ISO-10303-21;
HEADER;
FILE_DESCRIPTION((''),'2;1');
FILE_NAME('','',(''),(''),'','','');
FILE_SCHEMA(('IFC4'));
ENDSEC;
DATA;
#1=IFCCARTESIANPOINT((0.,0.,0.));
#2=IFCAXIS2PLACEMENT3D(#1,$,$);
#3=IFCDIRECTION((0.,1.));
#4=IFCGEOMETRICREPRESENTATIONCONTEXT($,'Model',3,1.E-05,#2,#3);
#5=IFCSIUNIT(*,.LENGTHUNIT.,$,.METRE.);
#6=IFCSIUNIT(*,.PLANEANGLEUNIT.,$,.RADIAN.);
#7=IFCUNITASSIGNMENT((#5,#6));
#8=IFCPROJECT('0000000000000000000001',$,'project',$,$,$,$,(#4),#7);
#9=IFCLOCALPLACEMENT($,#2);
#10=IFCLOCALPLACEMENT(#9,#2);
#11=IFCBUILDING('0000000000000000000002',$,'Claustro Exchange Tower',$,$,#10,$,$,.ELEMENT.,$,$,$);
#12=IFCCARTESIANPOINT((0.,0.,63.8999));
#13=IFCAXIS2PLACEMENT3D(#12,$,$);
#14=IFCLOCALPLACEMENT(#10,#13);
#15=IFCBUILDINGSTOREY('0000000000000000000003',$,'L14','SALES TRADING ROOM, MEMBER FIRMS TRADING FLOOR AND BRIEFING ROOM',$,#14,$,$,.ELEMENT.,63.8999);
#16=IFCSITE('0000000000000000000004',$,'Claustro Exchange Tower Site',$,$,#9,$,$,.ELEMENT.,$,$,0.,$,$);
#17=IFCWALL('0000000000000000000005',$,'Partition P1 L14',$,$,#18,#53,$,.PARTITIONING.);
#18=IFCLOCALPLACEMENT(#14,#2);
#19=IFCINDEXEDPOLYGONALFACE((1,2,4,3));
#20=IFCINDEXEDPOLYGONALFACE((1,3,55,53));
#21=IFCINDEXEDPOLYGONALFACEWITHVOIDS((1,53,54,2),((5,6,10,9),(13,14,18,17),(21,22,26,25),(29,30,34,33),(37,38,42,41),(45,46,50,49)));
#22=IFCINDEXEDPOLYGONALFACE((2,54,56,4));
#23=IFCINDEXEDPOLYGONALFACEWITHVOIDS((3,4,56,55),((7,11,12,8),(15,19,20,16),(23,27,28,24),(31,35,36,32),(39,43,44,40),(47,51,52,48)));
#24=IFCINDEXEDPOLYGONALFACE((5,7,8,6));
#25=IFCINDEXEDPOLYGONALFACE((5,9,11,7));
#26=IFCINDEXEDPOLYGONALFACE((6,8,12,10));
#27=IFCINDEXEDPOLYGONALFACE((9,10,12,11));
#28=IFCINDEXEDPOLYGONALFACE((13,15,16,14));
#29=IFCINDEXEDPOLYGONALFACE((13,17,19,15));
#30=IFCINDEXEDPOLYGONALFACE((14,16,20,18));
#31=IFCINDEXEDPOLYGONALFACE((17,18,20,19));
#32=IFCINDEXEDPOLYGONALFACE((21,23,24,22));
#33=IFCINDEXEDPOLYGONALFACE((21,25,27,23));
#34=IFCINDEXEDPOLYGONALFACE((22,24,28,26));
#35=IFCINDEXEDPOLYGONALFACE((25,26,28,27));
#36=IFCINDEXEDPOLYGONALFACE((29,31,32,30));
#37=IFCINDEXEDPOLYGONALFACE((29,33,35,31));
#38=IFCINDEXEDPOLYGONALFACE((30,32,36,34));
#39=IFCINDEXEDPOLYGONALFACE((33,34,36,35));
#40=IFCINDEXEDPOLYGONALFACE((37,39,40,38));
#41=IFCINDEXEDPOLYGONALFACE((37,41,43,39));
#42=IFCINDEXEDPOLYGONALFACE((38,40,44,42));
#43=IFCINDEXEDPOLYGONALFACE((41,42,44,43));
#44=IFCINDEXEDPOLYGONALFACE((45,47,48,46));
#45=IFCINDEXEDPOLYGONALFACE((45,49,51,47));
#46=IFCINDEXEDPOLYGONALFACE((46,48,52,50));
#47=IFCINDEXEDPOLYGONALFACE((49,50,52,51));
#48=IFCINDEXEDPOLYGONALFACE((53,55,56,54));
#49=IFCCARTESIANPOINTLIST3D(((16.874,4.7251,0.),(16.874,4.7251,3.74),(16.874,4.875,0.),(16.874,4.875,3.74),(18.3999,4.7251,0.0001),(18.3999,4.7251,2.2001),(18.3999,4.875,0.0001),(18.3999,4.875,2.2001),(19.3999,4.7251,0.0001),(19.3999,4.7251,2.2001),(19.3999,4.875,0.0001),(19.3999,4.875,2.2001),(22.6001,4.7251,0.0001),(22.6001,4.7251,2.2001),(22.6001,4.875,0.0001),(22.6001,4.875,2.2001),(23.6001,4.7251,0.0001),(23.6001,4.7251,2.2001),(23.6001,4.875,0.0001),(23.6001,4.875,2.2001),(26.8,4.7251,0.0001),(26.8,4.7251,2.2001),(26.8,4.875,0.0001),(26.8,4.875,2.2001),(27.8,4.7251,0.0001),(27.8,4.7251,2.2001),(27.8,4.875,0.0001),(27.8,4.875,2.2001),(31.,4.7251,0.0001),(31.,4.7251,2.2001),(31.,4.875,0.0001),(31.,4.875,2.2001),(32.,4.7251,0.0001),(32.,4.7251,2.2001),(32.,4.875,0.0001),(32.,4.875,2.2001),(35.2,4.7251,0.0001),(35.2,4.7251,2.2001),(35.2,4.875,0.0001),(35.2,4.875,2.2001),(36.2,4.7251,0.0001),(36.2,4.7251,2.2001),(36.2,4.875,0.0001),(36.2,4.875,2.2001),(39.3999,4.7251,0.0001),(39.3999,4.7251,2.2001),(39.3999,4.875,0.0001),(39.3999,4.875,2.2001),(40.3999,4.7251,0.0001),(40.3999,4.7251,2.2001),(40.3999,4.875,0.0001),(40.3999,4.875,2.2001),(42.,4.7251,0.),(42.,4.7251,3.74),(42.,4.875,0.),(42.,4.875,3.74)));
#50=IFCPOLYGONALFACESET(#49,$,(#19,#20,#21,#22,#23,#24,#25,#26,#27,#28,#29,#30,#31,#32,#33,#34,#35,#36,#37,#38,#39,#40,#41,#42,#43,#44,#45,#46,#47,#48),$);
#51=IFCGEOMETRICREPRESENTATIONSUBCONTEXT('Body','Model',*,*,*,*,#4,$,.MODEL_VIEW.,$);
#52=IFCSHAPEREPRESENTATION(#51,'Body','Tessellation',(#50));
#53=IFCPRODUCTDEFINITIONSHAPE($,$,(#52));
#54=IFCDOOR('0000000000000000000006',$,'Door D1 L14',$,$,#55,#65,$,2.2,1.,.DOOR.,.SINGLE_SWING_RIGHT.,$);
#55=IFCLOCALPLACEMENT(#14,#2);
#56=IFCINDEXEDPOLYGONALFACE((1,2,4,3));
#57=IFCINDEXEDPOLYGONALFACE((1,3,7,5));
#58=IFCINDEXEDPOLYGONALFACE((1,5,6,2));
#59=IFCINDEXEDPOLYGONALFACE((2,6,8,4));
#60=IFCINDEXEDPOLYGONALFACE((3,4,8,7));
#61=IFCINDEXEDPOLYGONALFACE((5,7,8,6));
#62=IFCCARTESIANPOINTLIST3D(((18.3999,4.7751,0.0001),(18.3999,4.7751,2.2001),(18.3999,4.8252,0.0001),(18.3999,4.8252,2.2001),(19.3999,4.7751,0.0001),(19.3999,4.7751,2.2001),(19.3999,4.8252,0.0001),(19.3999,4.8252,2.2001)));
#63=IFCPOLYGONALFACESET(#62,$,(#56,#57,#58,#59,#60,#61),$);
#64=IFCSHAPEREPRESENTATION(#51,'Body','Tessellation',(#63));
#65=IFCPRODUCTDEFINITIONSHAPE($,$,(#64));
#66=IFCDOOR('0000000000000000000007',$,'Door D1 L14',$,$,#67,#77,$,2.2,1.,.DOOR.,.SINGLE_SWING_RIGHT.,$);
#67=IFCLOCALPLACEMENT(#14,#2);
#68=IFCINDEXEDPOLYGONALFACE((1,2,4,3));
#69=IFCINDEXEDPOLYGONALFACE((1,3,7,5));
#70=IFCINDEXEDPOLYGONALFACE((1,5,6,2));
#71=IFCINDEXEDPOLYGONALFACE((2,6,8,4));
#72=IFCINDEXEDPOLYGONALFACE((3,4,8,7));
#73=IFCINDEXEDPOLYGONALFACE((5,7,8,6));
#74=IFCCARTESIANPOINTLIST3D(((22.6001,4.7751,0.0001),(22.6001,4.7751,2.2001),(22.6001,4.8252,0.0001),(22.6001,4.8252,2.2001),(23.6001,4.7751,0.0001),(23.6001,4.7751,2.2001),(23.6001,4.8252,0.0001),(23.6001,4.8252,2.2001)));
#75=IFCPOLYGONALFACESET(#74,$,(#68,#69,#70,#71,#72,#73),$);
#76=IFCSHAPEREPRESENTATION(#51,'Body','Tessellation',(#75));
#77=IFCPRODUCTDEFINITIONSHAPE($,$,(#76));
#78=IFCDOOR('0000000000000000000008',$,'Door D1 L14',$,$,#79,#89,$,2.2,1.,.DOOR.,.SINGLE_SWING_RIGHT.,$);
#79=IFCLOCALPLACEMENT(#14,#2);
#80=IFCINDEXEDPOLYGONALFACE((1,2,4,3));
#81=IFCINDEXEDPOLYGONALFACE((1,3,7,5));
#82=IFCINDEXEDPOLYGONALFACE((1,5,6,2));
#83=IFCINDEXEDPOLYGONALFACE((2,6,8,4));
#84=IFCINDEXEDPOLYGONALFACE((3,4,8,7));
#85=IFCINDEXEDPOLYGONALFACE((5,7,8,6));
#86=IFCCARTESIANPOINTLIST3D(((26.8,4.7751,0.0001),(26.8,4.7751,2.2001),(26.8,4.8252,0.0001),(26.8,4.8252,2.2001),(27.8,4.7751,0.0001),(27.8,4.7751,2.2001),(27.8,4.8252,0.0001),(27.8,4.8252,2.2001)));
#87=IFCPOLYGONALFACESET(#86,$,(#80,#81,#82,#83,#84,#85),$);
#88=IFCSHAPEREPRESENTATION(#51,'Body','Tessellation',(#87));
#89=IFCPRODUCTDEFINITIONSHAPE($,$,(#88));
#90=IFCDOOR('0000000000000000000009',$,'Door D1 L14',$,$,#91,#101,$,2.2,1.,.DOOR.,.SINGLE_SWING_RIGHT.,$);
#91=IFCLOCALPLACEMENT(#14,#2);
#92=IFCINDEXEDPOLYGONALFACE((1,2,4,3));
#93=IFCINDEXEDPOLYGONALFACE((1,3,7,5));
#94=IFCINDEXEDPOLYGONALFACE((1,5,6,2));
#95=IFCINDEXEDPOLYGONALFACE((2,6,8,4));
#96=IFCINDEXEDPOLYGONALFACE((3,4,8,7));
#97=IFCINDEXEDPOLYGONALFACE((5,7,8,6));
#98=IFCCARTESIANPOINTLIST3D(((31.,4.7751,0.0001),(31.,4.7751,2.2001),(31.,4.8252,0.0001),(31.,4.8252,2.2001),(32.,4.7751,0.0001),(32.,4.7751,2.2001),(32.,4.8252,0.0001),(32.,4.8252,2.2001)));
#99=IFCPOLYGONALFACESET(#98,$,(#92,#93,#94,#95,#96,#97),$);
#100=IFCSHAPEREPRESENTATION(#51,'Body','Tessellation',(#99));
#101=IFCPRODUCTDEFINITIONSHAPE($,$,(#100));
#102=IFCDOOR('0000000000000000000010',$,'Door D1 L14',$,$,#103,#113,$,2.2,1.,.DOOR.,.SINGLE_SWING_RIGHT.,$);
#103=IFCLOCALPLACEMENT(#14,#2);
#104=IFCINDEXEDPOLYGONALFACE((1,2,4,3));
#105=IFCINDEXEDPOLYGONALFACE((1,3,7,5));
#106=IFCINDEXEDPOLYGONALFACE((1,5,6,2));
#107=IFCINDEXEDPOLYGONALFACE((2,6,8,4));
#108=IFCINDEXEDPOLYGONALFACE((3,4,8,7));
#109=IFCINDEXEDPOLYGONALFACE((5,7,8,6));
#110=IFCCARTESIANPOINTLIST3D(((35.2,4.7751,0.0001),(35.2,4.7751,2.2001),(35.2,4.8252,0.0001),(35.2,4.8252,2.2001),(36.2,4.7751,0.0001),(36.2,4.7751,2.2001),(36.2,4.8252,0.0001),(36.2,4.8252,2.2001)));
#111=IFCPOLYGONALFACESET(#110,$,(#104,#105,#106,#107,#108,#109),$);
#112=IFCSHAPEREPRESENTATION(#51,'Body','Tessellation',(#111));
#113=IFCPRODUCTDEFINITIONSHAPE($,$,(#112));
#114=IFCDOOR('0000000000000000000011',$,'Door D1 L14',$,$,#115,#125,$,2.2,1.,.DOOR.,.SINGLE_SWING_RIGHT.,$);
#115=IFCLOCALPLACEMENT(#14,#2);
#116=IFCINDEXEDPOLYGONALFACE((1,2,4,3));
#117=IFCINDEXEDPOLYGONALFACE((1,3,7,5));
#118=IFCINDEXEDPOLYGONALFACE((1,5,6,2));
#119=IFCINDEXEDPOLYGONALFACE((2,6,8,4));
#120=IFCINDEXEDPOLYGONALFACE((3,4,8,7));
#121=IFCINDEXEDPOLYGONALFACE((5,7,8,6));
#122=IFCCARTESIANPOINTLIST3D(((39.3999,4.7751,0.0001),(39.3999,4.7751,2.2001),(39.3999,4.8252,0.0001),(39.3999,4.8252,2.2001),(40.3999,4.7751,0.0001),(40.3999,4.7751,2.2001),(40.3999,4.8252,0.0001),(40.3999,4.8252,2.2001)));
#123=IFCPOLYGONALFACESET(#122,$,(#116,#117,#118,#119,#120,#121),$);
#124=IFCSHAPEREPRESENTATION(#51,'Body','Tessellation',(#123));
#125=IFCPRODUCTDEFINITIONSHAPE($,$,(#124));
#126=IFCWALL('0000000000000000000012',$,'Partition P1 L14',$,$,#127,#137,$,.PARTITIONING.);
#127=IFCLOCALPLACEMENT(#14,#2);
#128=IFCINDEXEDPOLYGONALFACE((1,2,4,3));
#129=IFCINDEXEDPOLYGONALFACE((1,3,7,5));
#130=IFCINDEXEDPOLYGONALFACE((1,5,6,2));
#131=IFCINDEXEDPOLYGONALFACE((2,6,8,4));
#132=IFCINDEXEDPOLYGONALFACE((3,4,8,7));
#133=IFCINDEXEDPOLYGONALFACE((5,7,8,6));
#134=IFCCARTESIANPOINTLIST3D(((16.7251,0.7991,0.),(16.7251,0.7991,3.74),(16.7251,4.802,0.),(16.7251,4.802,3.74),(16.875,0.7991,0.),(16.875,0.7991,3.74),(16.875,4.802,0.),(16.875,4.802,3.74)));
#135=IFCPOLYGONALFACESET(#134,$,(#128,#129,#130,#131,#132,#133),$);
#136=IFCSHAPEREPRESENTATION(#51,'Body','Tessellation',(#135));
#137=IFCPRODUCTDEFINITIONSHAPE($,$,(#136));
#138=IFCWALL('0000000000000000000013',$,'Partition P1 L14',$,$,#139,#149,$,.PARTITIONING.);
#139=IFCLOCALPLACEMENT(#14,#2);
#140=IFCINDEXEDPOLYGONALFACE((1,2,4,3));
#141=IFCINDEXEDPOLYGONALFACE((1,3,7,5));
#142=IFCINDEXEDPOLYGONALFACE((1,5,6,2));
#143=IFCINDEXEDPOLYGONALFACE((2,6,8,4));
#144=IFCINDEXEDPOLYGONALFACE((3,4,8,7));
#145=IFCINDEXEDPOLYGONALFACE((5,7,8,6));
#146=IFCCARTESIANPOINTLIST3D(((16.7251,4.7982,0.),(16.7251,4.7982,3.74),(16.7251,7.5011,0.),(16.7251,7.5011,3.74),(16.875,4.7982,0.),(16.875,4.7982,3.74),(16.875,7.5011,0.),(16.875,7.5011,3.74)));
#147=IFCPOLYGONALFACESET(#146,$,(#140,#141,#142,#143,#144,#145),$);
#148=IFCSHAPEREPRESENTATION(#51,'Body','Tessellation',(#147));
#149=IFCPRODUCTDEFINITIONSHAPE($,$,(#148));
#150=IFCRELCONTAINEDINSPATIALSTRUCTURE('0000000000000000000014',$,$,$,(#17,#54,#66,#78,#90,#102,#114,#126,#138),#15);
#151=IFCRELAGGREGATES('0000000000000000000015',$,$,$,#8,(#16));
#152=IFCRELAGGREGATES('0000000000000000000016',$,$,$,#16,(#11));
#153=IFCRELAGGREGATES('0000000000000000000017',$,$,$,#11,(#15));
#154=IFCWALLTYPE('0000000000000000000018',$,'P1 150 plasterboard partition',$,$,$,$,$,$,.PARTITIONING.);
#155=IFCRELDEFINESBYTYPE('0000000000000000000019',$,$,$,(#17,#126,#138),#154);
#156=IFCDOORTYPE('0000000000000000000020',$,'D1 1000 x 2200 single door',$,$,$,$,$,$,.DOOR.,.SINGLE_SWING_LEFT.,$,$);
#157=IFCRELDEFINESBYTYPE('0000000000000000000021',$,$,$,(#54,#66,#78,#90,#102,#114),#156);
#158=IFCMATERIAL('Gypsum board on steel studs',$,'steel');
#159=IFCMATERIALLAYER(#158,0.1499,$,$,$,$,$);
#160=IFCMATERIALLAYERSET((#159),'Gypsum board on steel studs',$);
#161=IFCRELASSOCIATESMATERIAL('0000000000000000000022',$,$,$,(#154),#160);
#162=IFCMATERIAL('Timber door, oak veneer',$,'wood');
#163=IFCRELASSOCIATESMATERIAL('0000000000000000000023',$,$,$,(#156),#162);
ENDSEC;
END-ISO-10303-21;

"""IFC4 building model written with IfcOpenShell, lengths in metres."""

from ifc_helpers import new_model, si_unit, direction, frame, frame_2d, origin, place, context, subcontext, project, spatial, rectangle, extrude, material, layer, layer_set, type_object, element, fill, save


model = new_model("IFC4")

# Units and contexts
model_context = context("Model", 3, precision=1e-05, world=origin(), true_north=direction((0.0, 1.0)))
body_context = subcontext(model_context, "Body", "Model", "MODEL_VIEW")
ifc_project = project(units=[si_unit("LENGTHUNIT", "METRE"), si_unit("PLANEANGLEUNIT", "RADIAN")], contexts=[model_context])

# Site, building, storey
site_placement = place(None, origin())
site = spatial("IfcSite", under=ifc_project, at=site_placement, Name="Claustro Exchange Tower Site", CompositionType="ELEMENT", RefElevation=0.0)
building_placement = place(site_placement, origin())
building = spatial("IfcBuilding", under=site, at=building_placement, Name="Claustro Exchange Tower", CompositionType="ELEMENT")
storey_placement = place(building_placement, frame((0.0, 0.0, 63.8999)))
storey = spatial("IfcBuildingStorey", under=building, at=storey_placement, Name="L14", Description="SALES TRADING ROOM, MEMBER FIRMS TRADING FLOOR AND BRIEFING ROOM", CompositionType="ELEMENT", Elevation=63.8999)

# Wall, openings, doors
ifc_material_1 = material(Name="Gypsum board on steel studs", Category="steel")
ifc_layer_1 = layer(ifc_material_1, 0.1499)
ifc_layer_set_1 = layer_set([ifc_layer_1], Name="Gypsum board on steel studs")
wall_type_1 = type_object("IfcWallType", Name="P1 150 plasterboard partition", PredefinedType="PARTITIONING", material=ifc_layer_set_1)
wall_1_placement = place(storey_placement, frame((16.874, 4.8, 0.0), z_axis=(0.0, 0.0, 1.0), x_axis=(1.0, 0.0, 0.0)))
wall_1 = element("IfcWall", 1, at=wall_1_placement, inside=storey, type_object=wall_type_1, Name="Partition P1 L14", PredefinedType="PARTITIONING", context=body_context, shape_type="SweptSolid", body=[
    extrude(rectangle(XDim=25.126, YDim=0.1499, at=frame_2d((12.563, 0.0))), origin(), (0.0, 0.0, 1.0), 3.74),
])
opening_1_placement = place(wall_1_placement, frame((1.5259, 0.0, 0.0)))
opening_1 = element("IfcOpeningElement", 2, at=opening_1_placement, cuts=wall_1, PredefinedType="OPENING", context=body_context, shape_type="SweptSolid", body=[
    extrude(rectangle(XDim=1.0, YDim=2.2, at=frame_2d((0.5, 1.1001))), frame((0.0, 0.085, 0.0), z_axis=(0.0, -1.0, 0.0), x_axis=(1.0, 0.0, 0.0)), (0.0, 0.0, 1.0), 0.1699),
])
opening_2_placement = place(wall_1_placement, frame((5.7261, 0.0, 0.0)))
opening_2 = element("IfcOpeningElement", 3, at=opening_2_placement, cuts=wall_1, PredefinedType="OPENING", context=body_context, shape_type="SweptSolid", body=[
    extrude(rectangle(XDim=1.0, YDim=2.2, at=frame_2d((0.5, 1.1001))), frame((0.0, 0.085, 0.0), z_axis=(0.0, -1.0, 0.0), x_axis=(1.0, 0.0, 0.0)), (0.0, 0.0, 1.0), 0.1699),
])
opening_3_placement = place(wall_1_placement, frame((9.926, 0.0, 0.0)))
opening_3 = element("IfcOpeningElement", 4, at=opening_3_placement, cuts=wall_1, PredefinedType="OPENING", context=body_context, shape_type="SweptSolid", body=[
    extrude(rectangle(XDim=1.0, YDim=2.2, at=frame_2d((0.5, 1.1001))), frame((0.0, 0.085, 0.0), z_axis=(0.0, -1.0, 0.0), x_axis=(1.0, 0.0, 0.0)), (0.0, 0.0, 1.0), 0.1699),
])
opening_4_placement = place(wall_1_placement, frame((14.126, 0.0, 0.0)))
opening_4 = element("IfcOpeningElement", 5, at=opening_4_placement, cuts=wall_1, PredefinedType="OPENING", context=body_context, shape_type="SweptSolid", body=[
    extrude(rectangle(XDim=1.0, YDim=2.2, at=frame_2d((0.5, 1.1001))), frame((0.0, 0.085, 0.0), z_axis=(0.0, -1.0, 0.0), x_axis=(1.0, 0.0, 0.0)), (0.0, 0.0, 1.0), 0.1699),
])
opening_5_placement = place(wall_1_placement, frame((18.3259, 0.0, 0.0)))
opening_5 = element("IfcOpeningElement", 6, at=opening_5_placement, cuts=wall_1, PredefinedType="OPENING", context=body_context, shape_type="SweptSolid", body=[
    extrude(rectangle(XDim=1.0, YDim=2.2, at=frame_2d((0.5, 1.1001))), frame((0.0, 0.085, 0.0), z_axis=(0.0, -1.0, 0.0), x_axis=(1.0, 0.0, 0.0)), (0.0, 0.0, 1.0), 0.1699),
])
opening_6_placement = place(wall_1_placement, frame((22.5259, 0.0, 0.0)))
opening_6 = element("IfcOpeningElement", 7, at=opening_6_placement, cuts=wall_1, PredefinedType="OPENING", context=body_context, shape_type="SweptSolid", body=[
    extrude(rectangle(XDim=1.0, YDim=2.2, at=frame_2d((0.5, 1.1001))), frame((0.0, 0.085, 0.0), z_axis=(0.0, -1.0, 0.0), x_axis=(1.0, 0.0, 0.0)), (0.0, 0.0, 1.0), 0.1699),
])
ifc_material_2 = material(Name="Timber door, oak veneer", Category="wood")
door_type = type_object("IfcDoorType", Name="D1 1000 x 2200 single door", OperationType="SINGLE_SWING_LEFT", PredefinedType="DOOR", material=ifc_material_2)
door_1_placement = place(opening_1_placement, frame((1.0, 0.0, 0.0), z_axis=(0.0, 0.0, 1.0), x_axis=(-1.0, 0.0, 0.0)))
door_1 = element("IfcDoor", 8, at=door_1_placement, inside=storey, type_object=door_type, Name="Door D1 L14", OperationType="SINGLE_SWING_RIGHT", OverallHeight=2.2, OverallWidth=1.0, PredefinedType="DOOR", context=body_context, shape_type="SweptSolid", body=[
    extrude(rectangle(XDim=1.0, YDim=2.2, at=frame_2d((0.5, 1.1001))), frame((0.0, 0.0249, 0.0), z_axis=(0.0, -1.0, 0.0), x_axis=(1.0, 0.0, 0.0)), (0.0, 0.0, 1.0), 0.05),
])
fill(opening_1, door_1)
door_2_placement = place(opening_2_placement, frame((1.0, 0.0, 0.0), z_axis=(0.0, 0.0, 1.0), x_axis=(-1.0, 0.0, 0.0)))
door_2 = element("IfcDoor", 9, at=door_2_placement, inside=storey, type_object=door_type, Name="Door D1 L14", OperationType="SINGLE_SWING_RIGHT", OverallHeight=2.2, OverallWidth=1.0, PredefinedType="DOOR", context=body_context, shape_type="SweptSolid", body=[
    extrude(rectangle(XDim=1.0, YDim=2.2, at=frame_2d((0.5, 1.1001))), frame((0.0, 0.0249, 0.0), z_axis=(0.0, -1.0, 0.0), x_axis=(1.0, 0.0, 0.0)), (0.0, 0.0, 1.0), 0.05),
])
fill(opening_2, door_2)
door_3_placement = place(opening_3_placement, frame((1.0, 0.0, 0.0), z_axis=(0.0, 0.0, 1.0), x_axis=(-1.0, 0.0, 0.0)))
door_3 = element("IfcDoor", 10, at=door_3_placement, inside=storey, type_object=door_type, Name="Door D1 L14", OperationType="SINGLE_SWING_RIGHT", OverallHeight=2.2, OverallWidth=1.0, PredefinedType="DOOR", context=body_context, shape_type="SweptSolid", body=[
    extrude(rectangle(XDim=1.0, YDim=2.2, at=frame_2d((0.5, 1.1001))), frame((0.0, 0.0249, 0.0), z_axis=(0.0, -1.0, 0.0), x_axis=(1.0, 0.0, 0.0)), (0.0, 0.0, 1.0), 0.05),
])
fill(opening_3, door_3)
door_4_placement = place(opening_4_placement, frame((1.0, 0.0, 0.0), z_axis=(0.0, 0.0, 1.0), x_axis=(-1.0, 0.0, 0.0)))
door_4 = element("IfcDoor", 11, at=door_4_placement, inside=storey, type_object=door_type, Name="Door D1 L14", OperationType="SINGLE_SWING_RIGHT", OverallHeight=2.2, OverallWidth=1.0, PredefinedType="DOOR", context=body_context, shape_type="SweptSolid", body=[
    extrude(rectangle(XDim=1.0, YDim=2.2, at=frame_2d((0.5, 1.1001))), frame((0.0, 0.0249, 0.0), z_axis=(0.0, -1.0, 0.0), x_axis=(1.0, 0.0, 0.0)), (0.0, 0.0, 1.0), 0.05),
])
fill(opening_4, door_4)
door_5_placement = place(opening_5_placement, frame((1.0, 0.0, 0.0), z_axis=(0.0, 0.0, 1.0), x_axis=(-1.0, 0.0, 0.0)))
door_5 = element("IfcDoor", 12, at=door_5_placement, inside=storey, type_object=door_type, Name="Door D1 L14", OperationType="SINGLE_SWING_RIGHT", OverallHeight=2.2, OverallWidth=1.0, PredefinedType="DOOR", context=body_context, shape_type="SweptSolid", body=[
    extrude(rectangle(XDim=1.0, YDim=2.2, at=frame_2d((0.5, 1.1001))), frame((0.0, 0.0249, 0.0), z_axis=(0.0, -1.0, 0.0), x_axis=(1.0, 0.0, 0.0)), (0.0, 0.0, 1.0), 0.05),
])
fill(opening_5, door_5)
door_6_placement = place(opening_6_placement, frame((1.0, 0.0, 0.0), z_axis=(0.0, 0.0, 1.0), x_axis=(-1.0, 0.0, 0.0)))
door_6 = element("IfcDoor", 13, at=door_6_placement, inside=storey, type_object=door_type, Name="Door D1 L14", OperationType="SINGLE_SWING_RIGHT", OverallHeight=2.2, OverallWidth=1.0, PredefinedType="DOOR", context=body_context, shape_type="SweptSolid", body=[
    extrude(rectangle(XDim=1.0, YDim=2.2, at=frame_2d((0.5, 1.1001))), frame((0.0, 0.0249, 0.0), z_axis=(0.0, -1.0, 0.0), x_axis=(1.0, 0.0, 0.0)), (0.0, 0.0, 1.0), 0.05),
])
fill(opening_6, door_6)

# Walls
wall_2_placement = place(storey_placement, frame((16.8, 0.7991, 0.0), z_axis=(0.0, 0.0, 1.0), x_axis=(0.0, 1.0, 0.0)))
element("IfcWall", 14, at=wall_2_placement, inside=storey, type_object=wall_type_1, Name="Partition P1 L14", PredefinedType="PARTITIONING", context=body_context, shape_type="SweptSolid", body=[
    extrude(rectangle(XDim=4.0029, YDim=0.1499, at=frame_2d((2.0015, 0.0))), origin(), (0.0, 0.0, 1.0), 3.74),
])
wall_3_placement = place(storey_placement, frame((16.8, 4.7981, 0.0), z_axis=(0.0, 0.0, 1.0), x_axis=(0.0, 1.0, 0.0)))
element("IfcWall", 15, at=wall_3_placement, inside=storey, type_object=wall_type_1, Name="Partition P1 L14", PredefinedType="PARTITIONING", context=body_context, shape_type="SweptSolid", body=[
    extrude(rectangle(XDim=2.7029, YDim=0.1499, at=frame_2d((1.3516, 0.0))), origin(), (0.0, 0.0, 1.0), 3.74),
])

save(model, "model.ifc")
